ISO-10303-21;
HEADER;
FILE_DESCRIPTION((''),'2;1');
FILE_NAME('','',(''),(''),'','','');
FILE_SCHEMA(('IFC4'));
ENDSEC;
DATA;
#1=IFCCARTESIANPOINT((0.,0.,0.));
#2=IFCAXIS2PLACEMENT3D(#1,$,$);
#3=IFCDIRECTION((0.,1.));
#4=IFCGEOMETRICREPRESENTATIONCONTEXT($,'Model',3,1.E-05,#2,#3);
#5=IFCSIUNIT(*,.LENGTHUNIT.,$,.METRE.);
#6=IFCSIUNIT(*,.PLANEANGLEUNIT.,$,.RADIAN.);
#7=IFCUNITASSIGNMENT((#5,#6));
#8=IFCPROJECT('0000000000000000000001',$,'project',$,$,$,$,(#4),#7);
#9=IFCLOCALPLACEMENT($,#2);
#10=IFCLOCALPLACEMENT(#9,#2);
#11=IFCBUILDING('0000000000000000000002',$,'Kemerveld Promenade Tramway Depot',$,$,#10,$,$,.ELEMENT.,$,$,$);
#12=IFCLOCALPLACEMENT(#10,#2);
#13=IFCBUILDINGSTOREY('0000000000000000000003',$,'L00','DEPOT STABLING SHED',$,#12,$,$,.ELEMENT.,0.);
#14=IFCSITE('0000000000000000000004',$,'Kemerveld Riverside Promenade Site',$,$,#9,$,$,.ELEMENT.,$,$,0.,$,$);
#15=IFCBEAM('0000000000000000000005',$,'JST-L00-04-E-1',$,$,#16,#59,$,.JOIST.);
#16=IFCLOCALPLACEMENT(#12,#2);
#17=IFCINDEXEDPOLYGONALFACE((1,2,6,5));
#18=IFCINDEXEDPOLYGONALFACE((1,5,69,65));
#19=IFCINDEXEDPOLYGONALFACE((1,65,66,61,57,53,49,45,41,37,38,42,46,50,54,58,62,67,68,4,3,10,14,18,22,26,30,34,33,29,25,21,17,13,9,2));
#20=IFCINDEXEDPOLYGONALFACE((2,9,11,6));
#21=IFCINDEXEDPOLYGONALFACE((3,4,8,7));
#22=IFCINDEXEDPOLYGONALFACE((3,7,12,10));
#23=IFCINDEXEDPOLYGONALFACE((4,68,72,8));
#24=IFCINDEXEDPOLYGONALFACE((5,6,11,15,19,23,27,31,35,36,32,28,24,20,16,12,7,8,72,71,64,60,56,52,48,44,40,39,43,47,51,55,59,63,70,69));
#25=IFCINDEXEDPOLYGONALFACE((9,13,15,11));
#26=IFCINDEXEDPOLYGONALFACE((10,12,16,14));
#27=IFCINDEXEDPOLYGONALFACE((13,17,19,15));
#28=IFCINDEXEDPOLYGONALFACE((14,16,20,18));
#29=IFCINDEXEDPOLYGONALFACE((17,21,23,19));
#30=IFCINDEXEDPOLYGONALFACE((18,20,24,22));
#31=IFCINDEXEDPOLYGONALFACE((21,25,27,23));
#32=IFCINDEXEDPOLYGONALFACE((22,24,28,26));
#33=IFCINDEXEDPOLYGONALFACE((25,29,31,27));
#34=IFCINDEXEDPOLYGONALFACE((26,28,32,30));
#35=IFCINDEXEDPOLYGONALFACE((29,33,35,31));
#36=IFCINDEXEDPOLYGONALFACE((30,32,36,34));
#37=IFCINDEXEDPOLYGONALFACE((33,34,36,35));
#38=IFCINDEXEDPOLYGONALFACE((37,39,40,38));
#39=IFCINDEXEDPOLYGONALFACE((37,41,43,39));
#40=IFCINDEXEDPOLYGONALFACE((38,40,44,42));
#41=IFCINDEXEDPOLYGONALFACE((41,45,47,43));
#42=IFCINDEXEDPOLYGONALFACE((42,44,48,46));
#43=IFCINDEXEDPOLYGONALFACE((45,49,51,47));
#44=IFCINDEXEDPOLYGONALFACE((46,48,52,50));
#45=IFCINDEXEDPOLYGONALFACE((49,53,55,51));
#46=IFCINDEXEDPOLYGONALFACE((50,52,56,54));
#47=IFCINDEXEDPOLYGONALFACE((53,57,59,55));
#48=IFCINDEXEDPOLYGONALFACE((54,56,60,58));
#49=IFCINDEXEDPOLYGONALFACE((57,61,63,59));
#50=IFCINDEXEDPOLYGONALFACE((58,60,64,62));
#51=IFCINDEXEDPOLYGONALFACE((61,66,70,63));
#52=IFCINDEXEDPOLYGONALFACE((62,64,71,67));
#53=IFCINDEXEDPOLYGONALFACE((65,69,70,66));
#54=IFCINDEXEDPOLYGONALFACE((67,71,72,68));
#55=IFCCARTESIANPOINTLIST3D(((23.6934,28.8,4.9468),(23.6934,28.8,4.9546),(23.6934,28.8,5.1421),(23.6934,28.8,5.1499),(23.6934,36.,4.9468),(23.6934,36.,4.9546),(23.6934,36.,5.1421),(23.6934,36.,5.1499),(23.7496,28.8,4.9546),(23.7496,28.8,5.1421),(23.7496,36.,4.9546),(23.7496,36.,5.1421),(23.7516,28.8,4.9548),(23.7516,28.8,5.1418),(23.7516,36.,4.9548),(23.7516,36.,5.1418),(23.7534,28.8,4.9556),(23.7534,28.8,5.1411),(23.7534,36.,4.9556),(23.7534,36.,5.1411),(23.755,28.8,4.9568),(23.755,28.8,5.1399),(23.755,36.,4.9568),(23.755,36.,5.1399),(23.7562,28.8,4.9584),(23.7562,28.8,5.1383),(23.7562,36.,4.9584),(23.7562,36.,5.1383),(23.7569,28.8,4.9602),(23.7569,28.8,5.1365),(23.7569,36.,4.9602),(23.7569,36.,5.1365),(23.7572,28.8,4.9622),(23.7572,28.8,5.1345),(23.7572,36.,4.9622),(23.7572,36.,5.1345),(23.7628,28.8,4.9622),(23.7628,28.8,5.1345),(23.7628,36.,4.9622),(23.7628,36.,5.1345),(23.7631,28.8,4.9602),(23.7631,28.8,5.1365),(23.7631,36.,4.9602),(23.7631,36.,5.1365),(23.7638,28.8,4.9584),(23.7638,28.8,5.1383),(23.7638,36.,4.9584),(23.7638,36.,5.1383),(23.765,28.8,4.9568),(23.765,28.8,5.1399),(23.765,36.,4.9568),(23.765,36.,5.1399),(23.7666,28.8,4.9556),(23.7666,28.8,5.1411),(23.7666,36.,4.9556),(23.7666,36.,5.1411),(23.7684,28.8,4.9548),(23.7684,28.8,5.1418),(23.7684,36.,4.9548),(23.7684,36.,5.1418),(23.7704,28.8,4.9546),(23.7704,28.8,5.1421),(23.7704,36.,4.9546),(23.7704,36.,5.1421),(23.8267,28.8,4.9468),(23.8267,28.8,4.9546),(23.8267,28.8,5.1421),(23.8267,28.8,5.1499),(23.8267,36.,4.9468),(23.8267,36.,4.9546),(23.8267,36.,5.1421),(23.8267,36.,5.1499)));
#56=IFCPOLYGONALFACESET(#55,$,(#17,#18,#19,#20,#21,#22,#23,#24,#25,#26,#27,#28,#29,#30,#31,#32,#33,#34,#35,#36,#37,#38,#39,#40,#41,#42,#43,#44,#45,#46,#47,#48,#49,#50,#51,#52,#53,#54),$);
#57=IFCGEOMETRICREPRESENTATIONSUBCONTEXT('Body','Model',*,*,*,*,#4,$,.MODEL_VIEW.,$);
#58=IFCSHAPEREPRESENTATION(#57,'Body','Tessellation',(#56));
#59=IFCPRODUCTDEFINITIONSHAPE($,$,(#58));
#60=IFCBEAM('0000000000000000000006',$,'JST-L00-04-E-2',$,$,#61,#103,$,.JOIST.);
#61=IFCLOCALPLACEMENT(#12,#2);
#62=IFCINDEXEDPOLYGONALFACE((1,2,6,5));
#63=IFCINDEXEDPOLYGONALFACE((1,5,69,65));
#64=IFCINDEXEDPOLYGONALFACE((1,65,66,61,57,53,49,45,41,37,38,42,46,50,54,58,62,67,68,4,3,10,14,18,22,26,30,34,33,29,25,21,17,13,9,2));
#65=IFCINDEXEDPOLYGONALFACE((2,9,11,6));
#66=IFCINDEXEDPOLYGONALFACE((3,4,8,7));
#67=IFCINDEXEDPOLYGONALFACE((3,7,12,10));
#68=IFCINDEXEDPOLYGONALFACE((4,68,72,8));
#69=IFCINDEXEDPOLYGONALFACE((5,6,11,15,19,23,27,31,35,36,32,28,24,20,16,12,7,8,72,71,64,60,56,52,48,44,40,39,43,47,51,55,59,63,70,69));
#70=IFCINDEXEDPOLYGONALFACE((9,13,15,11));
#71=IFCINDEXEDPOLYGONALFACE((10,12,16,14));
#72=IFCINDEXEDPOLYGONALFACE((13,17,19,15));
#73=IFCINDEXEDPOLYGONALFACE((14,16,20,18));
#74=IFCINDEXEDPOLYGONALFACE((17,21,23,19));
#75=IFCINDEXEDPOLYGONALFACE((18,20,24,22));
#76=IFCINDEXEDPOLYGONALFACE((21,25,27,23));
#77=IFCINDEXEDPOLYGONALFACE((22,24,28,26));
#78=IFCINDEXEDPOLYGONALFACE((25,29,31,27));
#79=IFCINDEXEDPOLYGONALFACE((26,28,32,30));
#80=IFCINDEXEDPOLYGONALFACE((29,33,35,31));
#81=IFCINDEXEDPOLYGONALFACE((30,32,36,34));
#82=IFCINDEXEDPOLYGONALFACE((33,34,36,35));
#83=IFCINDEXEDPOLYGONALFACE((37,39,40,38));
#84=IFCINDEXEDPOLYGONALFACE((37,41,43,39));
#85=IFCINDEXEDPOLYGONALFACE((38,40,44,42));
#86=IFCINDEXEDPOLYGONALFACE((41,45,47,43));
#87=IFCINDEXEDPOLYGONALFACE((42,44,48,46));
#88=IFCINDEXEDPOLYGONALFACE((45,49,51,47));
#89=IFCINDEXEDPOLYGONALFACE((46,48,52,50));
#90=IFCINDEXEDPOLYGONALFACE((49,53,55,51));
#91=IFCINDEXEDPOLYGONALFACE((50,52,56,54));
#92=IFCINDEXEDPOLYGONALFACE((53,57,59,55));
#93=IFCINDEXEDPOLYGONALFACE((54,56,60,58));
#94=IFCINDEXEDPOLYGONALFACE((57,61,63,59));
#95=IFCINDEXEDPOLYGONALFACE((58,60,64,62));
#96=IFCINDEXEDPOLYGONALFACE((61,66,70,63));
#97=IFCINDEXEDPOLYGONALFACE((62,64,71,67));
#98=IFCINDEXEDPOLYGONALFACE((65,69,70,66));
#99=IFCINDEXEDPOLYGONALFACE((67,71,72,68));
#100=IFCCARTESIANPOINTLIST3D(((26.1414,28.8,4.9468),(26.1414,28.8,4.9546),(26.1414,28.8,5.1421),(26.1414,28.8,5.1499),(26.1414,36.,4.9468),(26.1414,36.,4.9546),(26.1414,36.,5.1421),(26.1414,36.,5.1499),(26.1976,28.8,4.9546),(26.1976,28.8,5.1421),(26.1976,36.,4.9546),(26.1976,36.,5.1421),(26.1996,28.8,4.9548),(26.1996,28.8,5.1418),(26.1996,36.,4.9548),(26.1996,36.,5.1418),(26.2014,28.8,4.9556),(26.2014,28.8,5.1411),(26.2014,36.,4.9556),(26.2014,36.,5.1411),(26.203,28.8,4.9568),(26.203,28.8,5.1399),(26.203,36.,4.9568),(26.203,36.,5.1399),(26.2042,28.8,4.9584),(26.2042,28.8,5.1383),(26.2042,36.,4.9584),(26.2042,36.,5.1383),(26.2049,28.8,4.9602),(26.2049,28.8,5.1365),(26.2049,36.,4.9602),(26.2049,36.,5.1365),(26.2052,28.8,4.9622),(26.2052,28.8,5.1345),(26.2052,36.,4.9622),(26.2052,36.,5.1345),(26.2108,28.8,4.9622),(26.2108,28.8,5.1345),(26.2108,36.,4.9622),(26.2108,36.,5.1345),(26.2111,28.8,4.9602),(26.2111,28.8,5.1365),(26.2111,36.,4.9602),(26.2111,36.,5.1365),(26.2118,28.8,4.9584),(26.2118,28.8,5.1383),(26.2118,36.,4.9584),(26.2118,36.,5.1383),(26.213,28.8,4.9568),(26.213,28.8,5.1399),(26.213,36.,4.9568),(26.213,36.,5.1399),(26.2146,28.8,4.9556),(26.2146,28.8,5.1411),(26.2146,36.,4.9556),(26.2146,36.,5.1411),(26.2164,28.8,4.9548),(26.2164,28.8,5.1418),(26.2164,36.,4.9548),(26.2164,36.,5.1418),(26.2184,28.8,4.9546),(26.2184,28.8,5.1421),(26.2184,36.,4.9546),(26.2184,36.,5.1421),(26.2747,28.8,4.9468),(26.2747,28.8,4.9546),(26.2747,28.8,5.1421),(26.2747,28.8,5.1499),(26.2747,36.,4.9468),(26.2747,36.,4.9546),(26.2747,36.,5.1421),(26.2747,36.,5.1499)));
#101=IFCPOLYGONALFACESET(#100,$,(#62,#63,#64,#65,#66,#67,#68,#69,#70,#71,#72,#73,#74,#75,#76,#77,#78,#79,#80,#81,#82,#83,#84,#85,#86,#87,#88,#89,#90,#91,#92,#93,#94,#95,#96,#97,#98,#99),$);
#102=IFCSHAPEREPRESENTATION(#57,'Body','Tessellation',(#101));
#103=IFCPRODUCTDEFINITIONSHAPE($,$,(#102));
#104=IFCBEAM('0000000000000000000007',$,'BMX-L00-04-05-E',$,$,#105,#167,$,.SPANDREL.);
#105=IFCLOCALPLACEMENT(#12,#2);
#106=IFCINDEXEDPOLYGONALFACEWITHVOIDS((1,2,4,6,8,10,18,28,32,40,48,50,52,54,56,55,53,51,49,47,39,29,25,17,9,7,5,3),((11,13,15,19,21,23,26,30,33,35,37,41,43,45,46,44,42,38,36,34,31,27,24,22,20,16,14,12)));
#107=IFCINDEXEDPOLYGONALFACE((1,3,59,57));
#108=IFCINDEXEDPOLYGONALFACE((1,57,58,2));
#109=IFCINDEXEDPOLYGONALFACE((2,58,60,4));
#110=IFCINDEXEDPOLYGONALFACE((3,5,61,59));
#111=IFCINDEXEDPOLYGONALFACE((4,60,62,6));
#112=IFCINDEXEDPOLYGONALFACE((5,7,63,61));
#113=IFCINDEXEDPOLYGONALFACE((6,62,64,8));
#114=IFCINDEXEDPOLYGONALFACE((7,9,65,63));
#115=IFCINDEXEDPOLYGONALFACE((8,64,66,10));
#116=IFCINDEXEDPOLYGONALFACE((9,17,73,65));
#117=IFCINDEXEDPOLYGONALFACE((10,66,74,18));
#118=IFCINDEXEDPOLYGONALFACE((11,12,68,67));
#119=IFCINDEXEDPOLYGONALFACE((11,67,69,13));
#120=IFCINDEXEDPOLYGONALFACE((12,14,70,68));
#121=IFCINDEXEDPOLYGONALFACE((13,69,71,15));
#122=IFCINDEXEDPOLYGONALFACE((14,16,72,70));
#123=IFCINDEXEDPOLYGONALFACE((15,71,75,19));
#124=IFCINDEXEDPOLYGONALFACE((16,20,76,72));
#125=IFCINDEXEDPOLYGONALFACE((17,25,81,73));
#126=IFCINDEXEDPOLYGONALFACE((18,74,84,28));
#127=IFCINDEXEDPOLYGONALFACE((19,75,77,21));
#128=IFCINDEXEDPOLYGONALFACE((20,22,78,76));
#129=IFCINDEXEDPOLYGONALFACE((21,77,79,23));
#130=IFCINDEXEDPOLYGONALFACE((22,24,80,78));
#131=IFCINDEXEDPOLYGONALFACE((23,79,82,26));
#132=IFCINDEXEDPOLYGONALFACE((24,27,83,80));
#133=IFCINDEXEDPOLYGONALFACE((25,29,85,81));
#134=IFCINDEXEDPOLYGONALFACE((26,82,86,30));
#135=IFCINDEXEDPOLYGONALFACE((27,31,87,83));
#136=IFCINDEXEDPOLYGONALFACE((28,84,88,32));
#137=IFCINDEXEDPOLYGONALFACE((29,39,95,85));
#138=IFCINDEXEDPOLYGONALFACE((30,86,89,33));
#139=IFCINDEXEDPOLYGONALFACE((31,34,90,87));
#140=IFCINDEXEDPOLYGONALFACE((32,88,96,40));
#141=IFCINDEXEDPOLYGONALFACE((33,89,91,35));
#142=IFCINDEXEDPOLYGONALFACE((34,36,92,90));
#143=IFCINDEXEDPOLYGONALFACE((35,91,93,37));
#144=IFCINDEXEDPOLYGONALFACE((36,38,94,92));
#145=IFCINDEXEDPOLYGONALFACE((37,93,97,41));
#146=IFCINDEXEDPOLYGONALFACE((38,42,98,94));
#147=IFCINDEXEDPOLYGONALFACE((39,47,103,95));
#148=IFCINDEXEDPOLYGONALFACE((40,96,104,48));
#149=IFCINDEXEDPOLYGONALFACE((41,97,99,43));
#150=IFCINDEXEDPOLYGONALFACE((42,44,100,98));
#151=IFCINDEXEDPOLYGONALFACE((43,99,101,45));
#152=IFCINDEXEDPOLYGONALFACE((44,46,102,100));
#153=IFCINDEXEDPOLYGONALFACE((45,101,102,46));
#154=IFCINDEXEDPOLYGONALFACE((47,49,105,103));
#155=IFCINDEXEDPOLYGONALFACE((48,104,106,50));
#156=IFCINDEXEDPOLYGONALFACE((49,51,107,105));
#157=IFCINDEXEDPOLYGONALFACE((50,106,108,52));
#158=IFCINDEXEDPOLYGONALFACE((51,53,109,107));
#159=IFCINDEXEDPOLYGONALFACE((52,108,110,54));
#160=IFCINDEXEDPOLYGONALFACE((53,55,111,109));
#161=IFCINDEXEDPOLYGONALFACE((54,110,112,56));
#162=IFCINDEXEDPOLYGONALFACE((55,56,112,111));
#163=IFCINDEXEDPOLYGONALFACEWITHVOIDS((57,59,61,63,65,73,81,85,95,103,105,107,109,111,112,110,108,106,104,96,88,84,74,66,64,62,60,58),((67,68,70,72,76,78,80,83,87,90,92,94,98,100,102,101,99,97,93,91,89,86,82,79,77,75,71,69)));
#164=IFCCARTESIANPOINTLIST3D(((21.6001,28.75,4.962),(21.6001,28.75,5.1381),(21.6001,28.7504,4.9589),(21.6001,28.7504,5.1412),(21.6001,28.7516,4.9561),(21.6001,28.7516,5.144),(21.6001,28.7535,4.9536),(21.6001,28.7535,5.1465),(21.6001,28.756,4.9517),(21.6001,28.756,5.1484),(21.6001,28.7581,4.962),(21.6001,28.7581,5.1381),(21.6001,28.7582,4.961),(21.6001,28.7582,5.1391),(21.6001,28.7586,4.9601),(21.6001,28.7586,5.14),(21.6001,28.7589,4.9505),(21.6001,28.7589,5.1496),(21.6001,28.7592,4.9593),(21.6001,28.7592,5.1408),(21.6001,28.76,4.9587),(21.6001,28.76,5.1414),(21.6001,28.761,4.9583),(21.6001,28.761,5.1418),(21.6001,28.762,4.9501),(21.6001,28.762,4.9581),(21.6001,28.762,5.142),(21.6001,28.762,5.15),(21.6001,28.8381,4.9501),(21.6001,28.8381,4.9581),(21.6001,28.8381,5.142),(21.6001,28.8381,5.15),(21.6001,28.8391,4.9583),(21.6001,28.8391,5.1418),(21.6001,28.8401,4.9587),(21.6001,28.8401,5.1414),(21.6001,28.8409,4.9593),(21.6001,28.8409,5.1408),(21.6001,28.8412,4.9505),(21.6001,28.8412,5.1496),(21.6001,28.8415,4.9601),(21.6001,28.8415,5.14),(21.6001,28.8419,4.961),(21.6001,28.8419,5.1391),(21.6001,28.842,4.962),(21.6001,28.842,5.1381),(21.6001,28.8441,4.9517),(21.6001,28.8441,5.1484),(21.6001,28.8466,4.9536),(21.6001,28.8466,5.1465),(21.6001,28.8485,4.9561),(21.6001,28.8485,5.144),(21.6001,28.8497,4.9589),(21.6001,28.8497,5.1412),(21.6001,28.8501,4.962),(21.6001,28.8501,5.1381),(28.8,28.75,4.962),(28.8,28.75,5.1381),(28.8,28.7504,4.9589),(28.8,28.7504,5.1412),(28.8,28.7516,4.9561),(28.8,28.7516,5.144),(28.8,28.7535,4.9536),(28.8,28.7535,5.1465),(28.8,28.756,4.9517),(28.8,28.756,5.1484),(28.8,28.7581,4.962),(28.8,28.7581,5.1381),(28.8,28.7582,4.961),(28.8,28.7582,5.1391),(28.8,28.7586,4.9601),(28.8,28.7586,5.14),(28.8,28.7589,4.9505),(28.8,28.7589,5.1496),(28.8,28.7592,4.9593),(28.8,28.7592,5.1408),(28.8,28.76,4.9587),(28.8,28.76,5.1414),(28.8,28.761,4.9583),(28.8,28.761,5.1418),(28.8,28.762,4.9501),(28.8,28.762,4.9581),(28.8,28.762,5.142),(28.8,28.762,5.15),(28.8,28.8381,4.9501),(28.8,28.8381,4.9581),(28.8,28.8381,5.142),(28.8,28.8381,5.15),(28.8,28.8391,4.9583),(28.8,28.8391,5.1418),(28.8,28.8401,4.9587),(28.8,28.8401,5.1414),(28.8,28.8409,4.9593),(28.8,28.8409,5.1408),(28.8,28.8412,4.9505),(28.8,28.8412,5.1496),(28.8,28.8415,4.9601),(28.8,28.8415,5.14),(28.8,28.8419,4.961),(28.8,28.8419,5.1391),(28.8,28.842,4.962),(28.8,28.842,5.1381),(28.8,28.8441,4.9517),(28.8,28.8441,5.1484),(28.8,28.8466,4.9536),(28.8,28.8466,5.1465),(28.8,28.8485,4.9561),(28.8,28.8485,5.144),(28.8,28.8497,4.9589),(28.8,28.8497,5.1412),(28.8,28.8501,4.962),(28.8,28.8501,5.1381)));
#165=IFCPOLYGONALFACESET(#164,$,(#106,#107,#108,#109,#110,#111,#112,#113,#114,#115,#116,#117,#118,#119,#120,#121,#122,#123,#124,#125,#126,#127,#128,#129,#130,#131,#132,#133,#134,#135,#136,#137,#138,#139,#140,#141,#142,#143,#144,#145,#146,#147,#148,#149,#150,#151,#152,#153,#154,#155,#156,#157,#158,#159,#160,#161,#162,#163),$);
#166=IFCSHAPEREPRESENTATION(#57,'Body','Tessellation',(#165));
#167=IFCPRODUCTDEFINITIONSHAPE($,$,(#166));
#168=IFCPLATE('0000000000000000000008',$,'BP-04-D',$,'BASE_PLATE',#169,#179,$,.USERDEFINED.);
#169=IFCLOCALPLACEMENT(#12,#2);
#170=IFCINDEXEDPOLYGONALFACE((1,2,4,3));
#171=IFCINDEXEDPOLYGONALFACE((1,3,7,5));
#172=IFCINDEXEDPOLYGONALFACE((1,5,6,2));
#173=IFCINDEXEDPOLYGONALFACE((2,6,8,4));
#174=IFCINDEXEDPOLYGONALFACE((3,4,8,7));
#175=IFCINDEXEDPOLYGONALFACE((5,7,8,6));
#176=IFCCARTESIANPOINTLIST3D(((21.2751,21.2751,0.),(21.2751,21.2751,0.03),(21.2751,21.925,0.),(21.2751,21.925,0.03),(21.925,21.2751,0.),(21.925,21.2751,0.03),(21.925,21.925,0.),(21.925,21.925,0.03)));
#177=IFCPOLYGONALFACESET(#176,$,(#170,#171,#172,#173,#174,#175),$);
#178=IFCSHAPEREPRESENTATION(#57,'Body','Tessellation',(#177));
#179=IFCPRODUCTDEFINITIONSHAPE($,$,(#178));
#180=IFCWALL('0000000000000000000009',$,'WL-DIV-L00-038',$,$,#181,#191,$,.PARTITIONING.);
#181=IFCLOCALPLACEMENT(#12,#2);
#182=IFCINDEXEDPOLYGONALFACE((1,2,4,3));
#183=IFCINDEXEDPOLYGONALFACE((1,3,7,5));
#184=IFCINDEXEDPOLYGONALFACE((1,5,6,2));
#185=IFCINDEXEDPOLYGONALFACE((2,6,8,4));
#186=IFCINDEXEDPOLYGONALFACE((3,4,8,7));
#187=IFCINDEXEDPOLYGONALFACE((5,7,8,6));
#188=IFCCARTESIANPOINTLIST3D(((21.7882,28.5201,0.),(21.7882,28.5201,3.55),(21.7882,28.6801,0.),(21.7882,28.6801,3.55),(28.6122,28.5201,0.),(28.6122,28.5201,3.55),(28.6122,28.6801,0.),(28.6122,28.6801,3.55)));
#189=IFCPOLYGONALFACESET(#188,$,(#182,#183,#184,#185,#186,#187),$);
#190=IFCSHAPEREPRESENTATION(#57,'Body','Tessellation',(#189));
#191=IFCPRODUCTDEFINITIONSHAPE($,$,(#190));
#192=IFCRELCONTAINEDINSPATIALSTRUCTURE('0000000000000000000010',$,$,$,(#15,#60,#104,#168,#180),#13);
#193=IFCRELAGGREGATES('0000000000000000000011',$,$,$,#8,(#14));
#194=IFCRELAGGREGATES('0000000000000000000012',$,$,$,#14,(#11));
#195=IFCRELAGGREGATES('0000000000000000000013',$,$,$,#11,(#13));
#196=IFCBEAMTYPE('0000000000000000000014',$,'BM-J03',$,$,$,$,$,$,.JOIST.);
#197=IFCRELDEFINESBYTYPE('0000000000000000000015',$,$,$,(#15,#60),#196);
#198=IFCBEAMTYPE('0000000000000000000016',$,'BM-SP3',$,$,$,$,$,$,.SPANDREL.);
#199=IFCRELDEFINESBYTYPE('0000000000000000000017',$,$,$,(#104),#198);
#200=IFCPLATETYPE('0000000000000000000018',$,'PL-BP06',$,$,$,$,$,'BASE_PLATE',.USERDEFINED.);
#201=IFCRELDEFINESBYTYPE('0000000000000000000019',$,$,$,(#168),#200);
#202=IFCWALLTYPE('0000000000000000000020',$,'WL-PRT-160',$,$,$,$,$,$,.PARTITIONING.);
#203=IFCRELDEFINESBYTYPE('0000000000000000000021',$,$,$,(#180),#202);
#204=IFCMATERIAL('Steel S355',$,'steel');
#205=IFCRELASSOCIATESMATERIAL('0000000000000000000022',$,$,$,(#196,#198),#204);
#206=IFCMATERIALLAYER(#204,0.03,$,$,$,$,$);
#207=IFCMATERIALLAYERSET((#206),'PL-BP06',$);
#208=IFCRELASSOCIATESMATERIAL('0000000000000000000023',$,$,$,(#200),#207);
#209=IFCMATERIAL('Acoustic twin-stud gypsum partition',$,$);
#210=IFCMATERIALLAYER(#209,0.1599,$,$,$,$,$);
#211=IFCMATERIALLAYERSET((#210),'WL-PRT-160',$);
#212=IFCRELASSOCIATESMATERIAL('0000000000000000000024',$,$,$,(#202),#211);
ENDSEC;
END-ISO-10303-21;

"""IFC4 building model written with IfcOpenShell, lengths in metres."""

from ifc_helpers import new_model, si_unit, direction, frame, frame_2d, origin, origin_2d, place, context, subcontext, project, spatial, rectangle, hollow_rectangle, i_section, extrude, material, layer, layer_set, material_profile, profile_set, type_object, element, save


model = new_model("IFC4")

# Units and contexts
model_context = context("Model", 3, precision=1e-05, world=origin(), true_north=direction((0.0, 1.0)))
body_context = subcontext(model_context, "Body", "Model", "MODEL_VIEW")
ifc_project = project(units=[si_unit("LENGTHUNIT", "METRE"), si_unit("PLANEANGLEUNIT", "RADIAN")], contexts=[model_context])

# Site, building, storey
site_placement = place(None, origin())
site = spatial("IfcSite", under=ifc_project, at=site_placement, Name="Kemerveld Riverside Promenade Site", CompositionType="ELEMENT", RefElevation=0.0)
building_placement = place(site_placement, origin())
building = spatial("IfcBuilding", under=site, at=building_placement, Name="Kemerveld Promenade Tramway Depot", CompositionType="ELEMENT")
storey_placement = place(building_placement, origin())
storey = spatial("IfcBuildingStorey", under=building, at=storey_placement, Name="L00", Description="DEPOT STABLING SHED", CompositionType="ELEMENT", Elevation=0.0)

# Shared definitions
ifc_material_1 = material(Name="Steel S355", Category="steel")

# Beams
ifc_material_profile_1 = material_profile(ifc_material_1, i_section(OverallWidth=0.1333, OverallDepth=0.2031, WebThickness=0.0056, FlangeThickness=0.0078, FilletRadius=0.0076, at=origin_2d()), Name="203x133x25 UB")
ifc_profile_set_1 = profile_set([ifc_material_profile_1], Name="Steel S355")
beam_type_1 = type_object("IfcBeamType", Name="BM-J03", PredefinedType="JOIST", material=ifc_profile_set_1)
for number, where, z_axis, x_axis, name in (
    (1, (23.76, 28.8, 5.0483), (0.0, 1.0, 0.0), (-1.0, 0.0, 0.0), "JST-L00-04-E-1"),
    (2, (26.208, 28.8, 5.0483), (0.0, 1.0, 0.0), (-1.0, 0.0, 0.0), "JST-L00-04-E-2"),
):
    element("IfcBeam", number, at=place(storey_placement, frame(where, z_axis=z_axis, x_axis=x_axis)), inside=storey, type_object=beam_type_1, Name=name, PredefinedType="JOIST", context=body_context, shape_type="SweptSolid", body=[
        extrude(i_section(OverallWidth=0.1333, OverallDepth=0.2031, WebThickness=0.0056, FlangeThickness=0.0078, FilletRadius=0.0076, at=origin_2d()), origin(), (0.0, 0.0, 1.0), 7.2),
    ])
ifc_material_profile_2 = material_profile(ifc_material_1, hollow_rectangle(XDim=0.1001, YDim=0.2, WallThickness=0.0081, InnerFilletRadius=0.0039, OuterFilletRadius=0.012, at=origin_2d()), Name="200x100x8.0 RHS")
ifc_profile_set_2 = profile_set([ifc_material_profile_2], Name="Steel S355")
beam_type_2 = type_object("IfcBeamType", Name="BM-SP3", PredefinedType="SPANDREL", material=ifc_profile_set_2)
beam_placement = place(storey_placement, frame((21.6001, 28.8, 5.05), z_axis=(1.0, 0.0, 0.0), x_axis=(0.0, 1.0, 0.0)))
element("IfcBeam", 3, at=beam_placement, inside=storey, type_object=beam_type_2, Name="BMX-L00-04-05-E", PredefinedType="SPANDREL", context=body_context, shape_type="SweptSolid", body=[
    extrude(hollow_rectangle(XDim=0.1001, YDim=0.2, WallThickness=0.0081, InnerFilletRadius=0.0039, OuterFilletRadius=0.012, at=origin_2d()), origin(), (0.0, 0.0, 1.0), 7.2),
])

# Plate
ifc_layer_1 = layer(ifc_material_1, 0.03)
ifc_layer_set_1 = layer_set([ifc_layer_1], Name="PL-BP06")
plate_type = type_object("IfcPlateType", Name="PL-BP06", ElementType="BASE_PLATE", PredefinedType="USERDEFINED", material=ifc_layer_set_1)
plate_placement = place(storey_placement, frame((21.6001, 21.6001, 0.0), z_axis=(0.0, 0.0, 1.0), x_axis=(1.0, 0.0, 0.0)))
element("IfcPlate", 4, at=plate_placement, inside=storey, type_object=plate_type, Name="BP-04-D", ObjectType="BASE_PLATE", PredefinedType="USERDEFINED", context=body_context, shape_type="SweptSolid", body=[
    extrude(rectangle(XDim=0.6499, YDim=0.6499, at=origin_2d()), origin(), (0.0, 0.0, 1.0), 0.03),
])

# Wall
ifc_material_2 = material(Name="Acoustic twin-stud gypsum partition")
ifc_layer_2 = layer(ifc_material_2, 0.1599)
ifc_layer_set_2 = layer_set([ifc_layer_2], Name="WL-PRT-160")
wall_type = type_object("IfcWallType", Name="WL-PRT-160", PredefinedType="PARTITIONING", material=ifc_layer_set_2)
for number, where, z_axis, x_axis, name in (
    (5, (21.7881, 28.6001, 0.0), (0.0, 0.0, 1.0), (1.0, 0.0, 0.0), "WL-DIV-L00-038"),
):
    element("IfcWall", number, at=place(storey_placement, frame(where, z_axis=z_axis, x_axis=x_axis)), inside=storey, type_object=wall_type, Name=name, PredefinedType="PARTITIONING", context=body_context, shape_type="SweptSolid", body=[
        extrude(rectangle(XDim=6.824, YDim=0.1599, at=frame_2d((3.4121, 0.0))), origin(), (0.0, 0.0, 1.0), 3.55),
    ])

save(model, "model.ifc")
